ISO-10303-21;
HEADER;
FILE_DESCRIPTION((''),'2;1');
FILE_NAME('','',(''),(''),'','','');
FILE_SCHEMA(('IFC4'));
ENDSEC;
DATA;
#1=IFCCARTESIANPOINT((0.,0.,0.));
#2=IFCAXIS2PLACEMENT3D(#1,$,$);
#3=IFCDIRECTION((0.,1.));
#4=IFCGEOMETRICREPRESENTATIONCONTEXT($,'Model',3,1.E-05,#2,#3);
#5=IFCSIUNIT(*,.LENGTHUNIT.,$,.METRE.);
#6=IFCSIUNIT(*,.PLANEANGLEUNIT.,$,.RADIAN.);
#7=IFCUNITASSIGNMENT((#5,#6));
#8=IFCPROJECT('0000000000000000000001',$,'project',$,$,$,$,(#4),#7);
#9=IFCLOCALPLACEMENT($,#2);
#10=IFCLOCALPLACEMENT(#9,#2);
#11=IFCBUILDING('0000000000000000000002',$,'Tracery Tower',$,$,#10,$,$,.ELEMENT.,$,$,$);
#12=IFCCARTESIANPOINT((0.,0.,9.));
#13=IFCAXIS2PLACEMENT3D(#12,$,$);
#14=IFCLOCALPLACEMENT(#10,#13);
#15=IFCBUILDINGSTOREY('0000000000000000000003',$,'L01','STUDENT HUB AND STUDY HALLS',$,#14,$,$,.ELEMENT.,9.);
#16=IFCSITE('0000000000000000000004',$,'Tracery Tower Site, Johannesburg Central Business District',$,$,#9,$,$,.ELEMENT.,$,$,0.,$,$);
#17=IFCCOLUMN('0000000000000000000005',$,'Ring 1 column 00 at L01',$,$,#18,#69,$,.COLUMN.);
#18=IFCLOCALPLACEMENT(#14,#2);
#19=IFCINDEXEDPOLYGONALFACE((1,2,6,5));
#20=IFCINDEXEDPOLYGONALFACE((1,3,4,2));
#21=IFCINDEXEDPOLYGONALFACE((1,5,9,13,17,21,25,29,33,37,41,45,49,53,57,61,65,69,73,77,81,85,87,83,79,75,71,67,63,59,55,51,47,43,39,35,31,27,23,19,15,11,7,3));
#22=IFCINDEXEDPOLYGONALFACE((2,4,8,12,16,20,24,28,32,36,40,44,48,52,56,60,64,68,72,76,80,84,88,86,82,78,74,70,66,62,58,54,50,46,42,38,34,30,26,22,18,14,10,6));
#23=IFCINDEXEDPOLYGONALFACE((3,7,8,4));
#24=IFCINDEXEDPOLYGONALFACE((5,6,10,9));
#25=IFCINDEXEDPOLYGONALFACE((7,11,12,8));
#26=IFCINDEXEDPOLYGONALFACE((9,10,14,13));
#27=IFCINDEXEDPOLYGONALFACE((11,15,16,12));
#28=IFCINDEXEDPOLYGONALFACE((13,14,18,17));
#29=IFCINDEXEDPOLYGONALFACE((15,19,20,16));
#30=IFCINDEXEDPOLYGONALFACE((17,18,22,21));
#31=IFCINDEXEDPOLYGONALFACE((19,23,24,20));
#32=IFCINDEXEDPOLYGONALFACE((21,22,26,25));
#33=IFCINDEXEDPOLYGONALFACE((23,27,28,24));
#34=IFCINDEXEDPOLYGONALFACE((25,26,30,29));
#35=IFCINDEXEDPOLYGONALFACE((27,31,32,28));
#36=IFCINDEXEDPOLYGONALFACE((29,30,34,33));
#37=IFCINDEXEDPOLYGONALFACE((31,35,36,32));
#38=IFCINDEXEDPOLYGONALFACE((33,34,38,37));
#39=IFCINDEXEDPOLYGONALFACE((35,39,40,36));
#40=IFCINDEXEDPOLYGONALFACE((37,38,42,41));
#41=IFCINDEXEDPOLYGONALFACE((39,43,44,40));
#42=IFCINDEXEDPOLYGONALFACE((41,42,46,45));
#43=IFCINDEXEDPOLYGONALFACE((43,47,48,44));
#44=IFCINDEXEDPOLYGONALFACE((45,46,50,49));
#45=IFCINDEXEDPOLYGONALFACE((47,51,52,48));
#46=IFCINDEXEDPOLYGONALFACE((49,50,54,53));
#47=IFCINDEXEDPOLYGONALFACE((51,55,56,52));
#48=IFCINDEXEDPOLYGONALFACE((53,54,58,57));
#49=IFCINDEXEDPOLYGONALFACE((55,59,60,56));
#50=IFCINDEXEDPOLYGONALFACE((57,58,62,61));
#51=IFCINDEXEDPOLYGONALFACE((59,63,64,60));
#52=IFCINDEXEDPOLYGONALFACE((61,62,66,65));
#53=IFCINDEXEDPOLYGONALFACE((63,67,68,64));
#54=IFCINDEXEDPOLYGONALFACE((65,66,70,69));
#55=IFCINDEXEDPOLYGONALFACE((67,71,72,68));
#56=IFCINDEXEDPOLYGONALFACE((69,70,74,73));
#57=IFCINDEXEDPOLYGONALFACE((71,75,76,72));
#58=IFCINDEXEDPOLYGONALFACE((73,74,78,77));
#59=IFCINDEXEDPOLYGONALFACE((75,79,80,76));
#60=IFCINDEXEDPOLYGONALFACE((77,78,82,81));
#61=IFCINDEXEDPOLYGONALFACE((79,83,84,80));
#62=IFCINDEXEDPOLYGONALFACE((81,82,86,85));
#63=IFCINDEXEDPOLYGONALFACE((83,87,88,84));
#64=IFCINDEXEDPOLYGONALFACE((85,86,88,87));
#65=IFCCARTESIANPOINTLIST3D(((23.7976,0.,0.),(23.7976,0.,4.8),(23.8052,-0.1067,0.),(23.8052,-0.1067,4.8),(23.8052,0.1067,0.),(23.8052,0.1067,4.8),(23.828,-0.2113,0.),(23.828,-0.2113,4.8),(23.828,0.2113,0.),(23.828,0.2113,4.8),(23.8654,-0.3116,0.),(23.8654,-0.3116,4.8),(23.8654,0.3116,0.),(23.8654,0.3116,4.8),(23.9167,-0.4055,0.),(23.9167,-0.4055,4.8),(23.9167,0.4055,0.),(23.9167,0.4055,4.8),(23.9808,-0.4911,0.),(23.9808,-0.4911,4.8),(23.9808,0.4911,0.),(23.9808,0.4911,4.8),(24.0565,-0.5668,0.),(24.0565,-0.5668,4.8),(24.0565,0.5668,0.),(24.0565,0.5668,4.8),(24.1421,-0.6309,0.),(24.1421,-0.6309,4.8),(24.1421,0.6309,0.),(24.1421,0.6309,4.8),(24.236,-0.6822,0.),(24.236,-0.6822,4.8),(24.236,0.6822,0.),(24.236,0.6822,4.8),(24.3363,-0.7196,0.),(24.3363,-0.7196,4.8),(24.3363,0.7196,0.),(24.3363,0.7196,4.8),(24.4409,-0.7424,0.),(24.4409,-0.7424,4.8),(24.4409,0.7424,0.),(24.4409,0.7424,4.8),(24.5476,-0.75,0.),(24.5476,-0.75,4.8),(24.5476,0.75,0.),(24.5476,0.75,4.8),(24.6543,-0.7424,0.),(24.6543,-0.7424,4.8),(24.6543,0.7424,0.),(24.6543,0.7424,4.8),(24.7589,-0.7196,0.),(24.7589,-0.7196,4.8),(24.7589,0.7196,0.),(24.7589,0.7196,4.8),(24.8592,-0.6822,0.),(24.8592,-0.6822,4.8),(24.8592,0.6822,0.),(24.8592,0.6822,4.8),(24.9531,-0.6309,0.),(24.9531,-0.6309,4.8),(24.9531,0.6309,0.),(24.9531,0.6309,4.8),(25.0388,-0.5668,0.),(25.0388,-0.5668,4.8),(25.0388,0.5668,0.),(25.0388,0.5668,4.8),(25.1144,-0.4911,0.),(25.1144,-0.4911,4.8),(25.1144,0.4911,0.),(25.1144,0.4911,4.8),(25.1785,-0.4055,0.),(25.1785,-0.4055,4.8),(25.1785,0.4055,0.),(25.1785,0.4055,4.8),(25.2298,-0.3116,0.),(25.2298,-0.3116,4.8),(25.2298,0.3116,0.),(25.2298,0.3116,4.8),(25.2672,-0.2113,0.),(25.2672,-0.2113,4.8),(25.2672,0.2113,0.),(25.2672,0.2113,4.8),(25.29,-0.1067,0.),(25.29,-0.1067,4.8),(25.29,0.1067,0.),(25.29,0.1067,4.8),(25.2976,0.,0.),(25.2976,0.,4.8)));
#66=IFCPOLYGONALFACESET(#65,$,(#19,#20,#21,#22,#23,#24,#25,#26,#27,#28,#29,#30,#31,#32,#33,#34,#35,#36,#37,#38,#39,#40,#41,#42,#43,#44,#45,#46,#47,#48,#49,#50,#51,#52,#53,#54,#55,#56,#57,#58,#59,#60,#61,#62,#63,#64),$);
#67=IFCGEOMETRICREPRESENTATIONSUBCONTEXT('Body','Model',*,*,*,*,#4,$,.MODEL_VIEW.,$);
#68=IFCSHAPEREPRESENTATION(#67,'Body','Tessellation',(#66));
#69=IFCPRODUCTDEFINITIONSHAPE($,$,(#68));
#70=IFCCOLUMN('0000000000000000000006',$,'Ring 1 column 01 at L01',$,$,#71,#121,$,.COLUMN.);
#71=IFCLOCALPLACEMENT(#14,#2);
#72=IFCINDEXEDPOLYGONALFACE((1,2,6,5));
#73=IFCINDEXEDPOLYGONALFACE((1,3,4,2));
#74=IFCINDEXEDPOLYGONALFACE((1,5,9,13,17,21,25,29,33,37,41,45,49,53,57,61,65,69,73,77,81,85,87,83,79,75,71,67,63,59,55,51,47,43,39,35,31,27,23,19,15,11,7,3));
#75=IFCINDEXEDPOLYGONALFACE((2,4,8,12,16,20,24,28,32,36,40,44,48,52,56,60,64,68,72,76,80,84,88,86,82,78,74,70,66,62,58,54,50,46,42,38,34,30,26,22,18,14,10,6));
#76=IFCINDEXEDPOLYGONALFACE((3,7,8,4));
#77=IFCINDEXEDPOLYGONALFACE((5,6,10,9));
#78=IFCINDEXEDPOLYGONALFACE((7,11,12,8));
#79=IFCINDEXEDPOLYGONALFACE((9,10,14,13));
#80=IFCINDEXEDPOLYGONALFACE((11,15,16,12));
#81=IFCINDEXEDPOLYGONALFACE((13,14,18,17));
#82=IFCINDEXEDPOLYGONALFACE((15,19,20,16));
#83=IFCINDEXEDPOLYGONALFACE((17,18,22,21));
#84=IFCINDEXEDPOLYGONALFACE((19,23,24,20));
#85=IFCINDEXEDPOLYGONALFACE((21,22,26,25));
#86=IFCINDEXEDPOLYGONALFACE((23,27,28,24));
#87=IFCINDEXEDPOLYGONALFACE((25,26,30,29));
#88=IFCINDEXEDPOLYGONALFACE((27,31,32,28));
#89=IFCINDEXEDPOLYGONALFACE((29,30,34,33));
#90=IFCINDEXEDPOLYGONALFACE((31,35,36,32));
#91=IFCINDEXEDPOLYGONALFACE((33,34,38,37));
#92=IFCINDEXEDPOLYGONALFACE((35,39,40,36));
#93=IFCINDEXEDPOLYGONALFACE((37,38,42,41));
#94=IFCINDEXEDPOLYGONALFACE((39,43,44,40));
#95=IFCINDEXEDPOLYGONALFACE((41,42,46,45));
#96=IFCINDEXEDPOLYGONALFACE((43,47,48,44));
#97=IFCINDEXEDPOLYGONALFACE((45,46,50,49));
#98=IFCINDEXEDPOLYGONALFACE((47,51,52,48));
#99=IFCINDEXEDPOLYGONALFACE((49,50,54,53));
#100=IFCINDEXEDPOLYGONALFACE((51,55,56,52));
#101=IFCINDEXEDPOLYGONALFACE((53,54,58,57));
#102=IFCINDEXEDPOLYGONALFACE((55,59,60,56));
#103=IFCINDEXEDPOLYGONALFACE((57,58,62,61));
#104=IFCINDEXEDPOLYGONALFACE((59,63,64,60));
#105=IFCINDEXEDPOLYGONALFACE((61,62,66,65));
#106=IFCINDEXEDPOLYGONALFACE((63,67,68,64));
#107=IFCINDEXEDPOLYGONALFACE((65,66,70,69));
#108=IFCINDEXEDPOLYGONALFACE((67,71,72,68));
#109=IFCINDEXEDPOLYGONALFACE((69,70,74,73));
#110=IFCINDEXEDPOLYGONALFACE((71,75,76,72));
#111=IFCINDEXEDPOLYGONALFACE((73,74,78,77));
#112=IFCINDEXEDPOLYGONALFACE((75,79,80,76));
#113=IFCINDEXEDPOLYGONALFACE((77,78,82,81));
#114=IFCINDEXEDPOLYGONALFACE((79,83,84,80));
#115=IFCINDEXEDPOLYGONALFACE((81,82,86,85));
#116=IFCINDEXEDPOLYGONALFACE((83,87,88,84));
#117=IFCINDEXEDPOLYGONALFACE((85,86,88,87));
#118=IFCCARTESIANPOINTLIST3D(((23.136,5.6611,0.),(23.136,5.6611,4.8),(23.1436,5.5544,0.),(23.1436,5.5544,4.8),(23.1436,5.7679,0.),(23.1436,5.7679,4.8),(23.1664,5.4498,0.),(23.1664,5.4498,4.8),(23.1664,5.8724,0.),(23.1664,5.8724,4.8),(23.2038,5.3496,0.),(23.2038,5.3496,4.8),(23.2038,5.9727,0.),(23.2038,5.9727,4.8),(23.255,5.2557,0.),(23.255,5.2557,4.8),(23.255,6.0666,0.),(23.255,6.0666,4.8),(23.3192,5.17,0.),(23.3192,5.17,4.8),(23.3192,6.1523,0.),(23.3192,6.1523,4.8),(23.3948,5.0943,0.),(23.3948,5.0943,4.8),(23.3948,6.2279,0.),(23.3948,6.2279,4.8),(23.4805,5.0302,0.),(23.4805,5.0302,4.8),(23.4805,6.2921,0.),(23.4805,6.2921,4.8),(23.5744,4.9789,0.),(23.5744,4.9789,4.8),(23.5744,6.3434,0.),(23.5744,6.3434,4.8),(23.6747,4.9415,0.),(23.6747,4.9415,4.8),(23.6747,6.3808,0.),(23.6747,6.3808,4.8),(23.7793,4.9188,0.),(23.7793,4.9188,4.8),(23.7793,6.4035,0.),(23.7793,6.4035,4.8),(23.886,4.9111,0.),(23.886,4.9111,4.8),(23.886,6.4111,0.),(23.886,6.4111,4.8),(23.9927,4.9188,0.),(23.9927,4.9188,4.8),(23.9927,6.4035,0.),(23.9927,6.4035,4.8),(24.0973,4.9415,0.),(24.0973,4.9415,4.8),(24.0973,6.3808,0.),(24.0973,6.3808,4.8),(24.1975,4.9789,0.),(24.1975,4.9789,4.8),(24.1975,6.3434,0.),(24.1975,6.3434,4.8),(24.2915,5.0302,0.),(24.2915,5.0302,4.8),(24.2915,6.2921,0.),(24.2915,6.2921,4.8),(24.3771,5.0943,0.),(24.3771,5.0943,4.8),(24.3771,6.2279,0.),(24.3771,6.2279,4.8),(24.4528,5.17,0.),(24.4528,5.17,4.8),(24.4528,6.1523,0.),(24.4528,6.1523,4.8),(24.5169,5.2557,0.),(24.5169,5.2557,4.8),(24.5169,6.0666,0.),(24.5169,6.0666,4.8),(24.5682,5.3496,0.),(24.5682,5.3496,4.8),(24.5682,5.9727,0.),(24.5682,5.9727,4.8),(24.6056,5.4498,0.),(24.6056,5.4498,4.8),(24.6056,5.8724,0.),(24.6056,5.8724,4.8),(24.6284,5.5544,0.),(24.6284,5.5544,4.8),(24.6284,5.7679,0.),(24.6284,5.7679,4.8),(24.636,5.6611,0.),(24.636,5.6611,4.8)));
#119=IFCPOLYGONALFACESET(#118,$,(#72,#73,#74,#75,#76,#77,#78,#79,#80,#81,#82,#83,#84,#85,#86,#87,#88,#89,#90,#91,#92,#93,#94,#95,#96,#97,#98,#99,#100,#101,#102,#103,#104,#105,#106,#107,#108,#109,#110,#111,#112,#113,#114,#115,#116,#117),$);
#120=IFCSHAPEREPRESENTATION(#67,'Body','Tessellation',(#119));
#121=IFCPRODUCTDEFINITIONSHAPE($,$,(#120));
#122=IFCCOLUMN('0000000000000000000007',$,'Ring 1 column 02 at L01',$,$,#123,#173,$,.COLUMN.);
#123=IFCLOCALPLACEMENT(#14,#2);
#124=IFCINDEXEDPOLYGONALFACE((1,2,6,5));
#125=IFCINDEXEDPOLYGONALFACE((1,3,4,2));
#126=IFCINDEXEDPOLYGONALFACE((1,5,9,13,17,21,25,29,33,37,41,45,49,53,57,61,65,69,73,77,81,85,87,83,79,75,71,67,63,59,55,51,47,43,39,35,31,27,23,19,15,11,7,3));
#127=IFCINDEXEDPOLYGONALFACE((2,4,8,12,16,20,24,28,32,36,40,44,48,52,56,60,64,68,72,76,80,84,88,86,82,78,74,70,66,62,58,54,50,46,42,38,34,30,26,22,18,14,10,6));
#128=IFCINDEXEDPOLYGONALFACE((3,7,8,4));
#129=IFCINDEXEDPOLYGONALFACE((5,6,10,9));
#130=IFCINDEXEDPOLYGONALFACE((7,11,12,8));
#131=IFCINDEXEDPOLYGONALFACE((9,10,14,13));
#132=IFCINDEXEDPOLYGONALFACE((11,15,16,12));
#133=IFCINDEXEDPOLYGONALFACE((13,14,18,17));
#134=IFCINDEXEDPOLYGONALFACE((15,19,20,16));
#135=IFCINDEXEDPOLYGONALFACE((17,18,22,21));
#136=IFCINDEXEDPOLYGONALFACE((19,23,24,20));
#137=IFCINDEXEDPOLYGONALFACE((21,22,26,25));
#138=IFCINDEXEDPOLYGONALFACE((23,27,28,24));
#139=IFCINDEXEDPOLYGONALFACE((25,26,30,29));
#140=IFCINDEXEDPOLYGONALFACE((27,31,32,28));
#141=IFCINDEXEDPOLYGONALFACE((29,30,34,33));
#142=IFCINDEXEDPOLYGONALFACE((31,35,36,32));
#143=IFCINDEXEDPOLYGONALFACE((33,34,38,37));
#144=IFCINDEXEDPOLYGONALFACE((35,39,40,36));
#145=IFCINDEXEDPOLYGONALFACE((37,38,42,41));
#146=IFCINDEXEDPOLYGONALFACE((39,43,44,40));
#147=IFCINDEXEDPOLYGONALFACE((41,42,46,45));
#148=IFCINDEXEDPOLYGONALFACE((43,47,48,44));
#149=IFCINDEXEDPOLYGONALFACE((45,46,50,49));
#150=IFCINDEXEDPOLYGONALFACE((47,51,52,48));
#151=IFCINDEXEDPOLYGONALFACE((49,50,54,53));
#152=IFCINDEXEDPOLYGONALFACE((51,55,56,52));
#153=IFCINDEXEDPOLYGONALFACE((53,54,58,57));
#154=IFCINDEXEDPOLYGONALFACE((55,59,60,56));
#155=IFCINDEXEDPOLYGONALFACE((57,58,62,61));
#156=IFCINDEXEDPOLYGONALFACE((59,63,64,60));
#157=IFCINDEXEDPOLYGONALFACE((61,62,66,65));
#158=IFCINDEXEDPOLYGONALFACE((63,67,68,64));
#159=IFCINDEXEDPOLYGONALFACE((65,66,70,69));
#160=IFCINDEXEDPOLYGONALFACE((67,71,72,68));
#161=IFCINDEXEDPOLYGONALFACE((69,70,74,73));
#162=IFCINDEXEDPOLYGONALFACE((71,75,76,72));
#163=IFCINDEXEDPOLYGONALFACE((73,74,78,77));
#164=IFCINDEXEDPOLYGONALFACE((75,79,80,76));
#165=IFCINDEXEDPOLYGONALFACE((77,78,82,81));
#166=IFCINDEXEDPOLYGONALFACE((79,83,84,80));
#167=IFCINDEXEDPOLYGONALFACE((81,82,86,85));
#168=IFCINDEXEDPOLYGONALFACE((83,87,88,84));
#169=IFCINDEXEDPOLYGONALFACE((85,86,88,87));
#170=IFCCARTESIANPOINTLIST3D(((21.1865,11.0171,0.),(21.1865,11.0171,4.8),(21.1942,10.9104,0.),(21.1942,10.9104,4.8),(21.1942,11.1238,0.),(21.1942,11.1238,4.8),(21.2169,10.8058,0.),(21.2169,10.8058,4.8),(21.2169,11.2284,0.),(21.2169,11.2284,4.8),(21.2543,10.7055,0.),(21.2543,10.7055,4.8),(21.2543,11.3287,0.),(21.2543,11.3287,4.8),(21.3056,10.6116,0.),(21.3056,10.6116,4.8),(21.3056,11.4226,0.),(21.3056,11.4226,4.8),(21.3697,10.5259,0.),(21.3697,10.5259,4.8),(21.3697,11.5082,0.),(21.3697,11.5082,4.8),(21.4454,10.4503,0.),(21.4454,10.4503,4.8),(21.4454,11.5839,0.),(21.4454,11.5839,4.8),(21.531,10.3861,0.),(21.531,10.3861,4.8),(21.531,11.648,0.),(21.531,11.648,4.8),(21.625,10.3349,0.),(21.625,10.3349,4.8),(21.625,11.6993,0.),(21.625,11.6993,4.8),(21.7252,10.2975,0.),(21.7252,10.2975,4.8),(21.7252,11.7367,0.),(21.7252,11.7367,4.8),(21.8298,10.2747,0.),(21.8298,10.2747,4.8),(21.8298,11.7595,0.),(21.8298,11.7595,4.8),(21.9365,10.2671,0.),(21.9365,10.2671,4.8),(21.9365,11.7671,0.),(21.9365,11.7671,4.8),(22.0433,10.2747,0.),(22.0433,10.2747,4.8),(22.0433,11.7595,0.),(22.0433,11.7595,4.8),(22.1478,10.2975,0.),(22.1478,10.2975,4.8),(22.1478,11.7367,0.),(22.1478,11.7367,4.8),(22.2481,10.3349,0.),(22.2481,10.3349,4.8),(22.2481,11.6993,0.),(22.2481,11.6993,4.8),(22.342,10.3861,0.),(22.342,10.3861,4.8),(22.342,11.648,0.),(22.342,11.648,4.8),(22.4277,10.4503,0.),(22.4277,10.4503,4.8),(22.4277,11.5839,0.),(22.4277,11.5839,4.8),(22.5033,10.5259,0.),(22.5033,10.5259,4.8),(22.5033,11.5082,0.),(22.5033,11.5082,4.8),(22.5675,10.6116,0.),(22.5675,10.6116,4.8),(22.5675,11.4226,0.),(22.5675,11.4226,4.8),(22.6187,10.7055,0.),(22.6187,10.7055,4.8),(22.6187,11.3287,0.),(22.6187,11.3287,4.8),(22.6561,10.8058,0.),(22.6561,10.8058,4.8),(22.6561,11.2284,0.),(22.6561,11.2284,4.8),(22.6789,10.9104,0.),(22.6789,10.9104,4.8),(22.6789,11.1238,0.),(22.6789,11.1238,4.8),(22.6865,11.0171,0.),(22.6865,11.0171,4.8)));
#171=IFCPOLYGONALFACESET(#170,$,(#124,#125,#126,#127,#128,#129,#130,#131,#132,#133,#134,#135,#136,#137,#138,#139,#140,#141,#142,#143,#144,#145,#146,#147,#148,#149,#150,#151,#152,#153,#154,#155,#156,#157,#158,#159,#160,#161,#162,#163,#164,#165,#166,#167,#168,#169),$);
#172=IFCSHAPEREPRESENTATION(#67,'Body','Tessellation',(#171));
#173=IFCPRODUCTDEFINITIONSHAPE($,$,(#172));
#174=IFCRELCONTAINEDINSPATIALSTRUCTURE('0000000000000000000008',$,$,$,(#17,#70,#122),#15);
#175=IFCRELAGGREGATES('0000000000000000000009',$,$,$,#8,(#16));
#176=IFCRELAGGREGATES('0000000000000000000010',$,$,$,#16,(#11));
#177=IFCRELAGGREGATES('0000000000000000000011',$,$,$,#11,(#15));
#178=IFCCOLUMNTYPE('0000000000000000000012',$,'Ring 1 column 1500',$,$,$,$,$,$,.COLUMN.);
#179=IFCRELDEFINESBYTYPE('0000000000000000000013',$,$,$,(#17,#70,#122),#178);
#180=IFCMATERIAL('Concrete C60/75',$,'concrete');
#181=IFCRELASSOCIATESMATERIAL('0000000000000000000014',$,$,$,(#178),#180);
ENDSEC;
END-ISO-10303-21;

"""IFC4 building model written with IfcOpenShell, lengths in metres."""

from ifc_helpers import new_model, si_unit, direction, frame, origin, origin_2d, place, context, subcontext, project, spatial, circle, extrude, material, material_profile, profile_set, type_object, element, save


model = new_model("IFC4")

# Units and contexts
model_context = context("Model", 3, precision=1e-05, world=origin(), true_north=direction((0.0, 1.0)))
body_context = subcontext(model_context, "Body", "Model", "MODEL_VIEW")
ifc_project = project(units=[si_unit("LENGTHUNIT", "METRE"), si_unit("PLANEANGLEUNIT", "RADIAN")], contexts=[model_context])

# Site, building, storey
site_placement = place(None, origin())
site = spatial("IfcSite", under=ifc_project, at=site_placement, Name="Tracery Tower Site, Johannesburg Central Business District", CompositionType="ELEMENT", RefElevation=0.0)
building_placement = place(site_placement, origin())
building = spatial("IfcBuilding", under=site, at=building_placement, Name="Tracery Tower", CompositionType="ELEMENT")
storey_placement = place(building_placement, frame((0.0, 0.0, 9.0)))
storey = spatial("IfcBuildingStorey", under=building, at=storey_placement, Name="L01", Description="STUDENT HUB AND STUDY HALLS", CompositionType="ELEMENT", Elevation=9.0)

# Columns
ifc_material_1 = material(Name="Concrete C60/75", Category="concrete")
ifc_material_profile_1 = material_profile(ifc_material_1, circle(Radius=0.75, at=origin_2d()), Name="RC D1500")
ifc_profile_set_1 = profile_set([ifc_material_profile_1], Name="Concrete C60/75")
column_type_1 = type_object("IfcColumnType", Name="Ring 1 column 1500", PredefinedType="COLUMN", material=ifc_profile_set_1)
for number, where, z_axis, x_axis, name in (
    (1, (24.5476, 0.0, 0.0), (0.0, 0.0, 1.0), (1.0, 0.0, 0.0), "Ring 1 column 00 at L01"),
    (2, (23.886, 5.6611, 0.0), (0.0, 0.0, 1.0), (1.0, 0.0, 0.0), "Ring 1 column 01 at L01"),
    (3, (21.9365, 11.0171, 0.0), (0.0, 0.0, 1.0), (1.0, 0.0, 0.0), "Ring 1 column 02 at L01"),
):
    element("IfcColumn", number, at=place(storey_placement, frame(where, z_axis=z_axis, x_axis=x_axis)), inside=storey, type_object=column_type_1, Name=name, PredefinedType="COLUMN", context=body_context, shape_type="SweptSolid", body=[
        extrude(circle(Radius=0.75, at=origin_2d()), origin(), (0.0, 0.0, 1.0), 4.8),
    ])

save(model, "model.ifc")
